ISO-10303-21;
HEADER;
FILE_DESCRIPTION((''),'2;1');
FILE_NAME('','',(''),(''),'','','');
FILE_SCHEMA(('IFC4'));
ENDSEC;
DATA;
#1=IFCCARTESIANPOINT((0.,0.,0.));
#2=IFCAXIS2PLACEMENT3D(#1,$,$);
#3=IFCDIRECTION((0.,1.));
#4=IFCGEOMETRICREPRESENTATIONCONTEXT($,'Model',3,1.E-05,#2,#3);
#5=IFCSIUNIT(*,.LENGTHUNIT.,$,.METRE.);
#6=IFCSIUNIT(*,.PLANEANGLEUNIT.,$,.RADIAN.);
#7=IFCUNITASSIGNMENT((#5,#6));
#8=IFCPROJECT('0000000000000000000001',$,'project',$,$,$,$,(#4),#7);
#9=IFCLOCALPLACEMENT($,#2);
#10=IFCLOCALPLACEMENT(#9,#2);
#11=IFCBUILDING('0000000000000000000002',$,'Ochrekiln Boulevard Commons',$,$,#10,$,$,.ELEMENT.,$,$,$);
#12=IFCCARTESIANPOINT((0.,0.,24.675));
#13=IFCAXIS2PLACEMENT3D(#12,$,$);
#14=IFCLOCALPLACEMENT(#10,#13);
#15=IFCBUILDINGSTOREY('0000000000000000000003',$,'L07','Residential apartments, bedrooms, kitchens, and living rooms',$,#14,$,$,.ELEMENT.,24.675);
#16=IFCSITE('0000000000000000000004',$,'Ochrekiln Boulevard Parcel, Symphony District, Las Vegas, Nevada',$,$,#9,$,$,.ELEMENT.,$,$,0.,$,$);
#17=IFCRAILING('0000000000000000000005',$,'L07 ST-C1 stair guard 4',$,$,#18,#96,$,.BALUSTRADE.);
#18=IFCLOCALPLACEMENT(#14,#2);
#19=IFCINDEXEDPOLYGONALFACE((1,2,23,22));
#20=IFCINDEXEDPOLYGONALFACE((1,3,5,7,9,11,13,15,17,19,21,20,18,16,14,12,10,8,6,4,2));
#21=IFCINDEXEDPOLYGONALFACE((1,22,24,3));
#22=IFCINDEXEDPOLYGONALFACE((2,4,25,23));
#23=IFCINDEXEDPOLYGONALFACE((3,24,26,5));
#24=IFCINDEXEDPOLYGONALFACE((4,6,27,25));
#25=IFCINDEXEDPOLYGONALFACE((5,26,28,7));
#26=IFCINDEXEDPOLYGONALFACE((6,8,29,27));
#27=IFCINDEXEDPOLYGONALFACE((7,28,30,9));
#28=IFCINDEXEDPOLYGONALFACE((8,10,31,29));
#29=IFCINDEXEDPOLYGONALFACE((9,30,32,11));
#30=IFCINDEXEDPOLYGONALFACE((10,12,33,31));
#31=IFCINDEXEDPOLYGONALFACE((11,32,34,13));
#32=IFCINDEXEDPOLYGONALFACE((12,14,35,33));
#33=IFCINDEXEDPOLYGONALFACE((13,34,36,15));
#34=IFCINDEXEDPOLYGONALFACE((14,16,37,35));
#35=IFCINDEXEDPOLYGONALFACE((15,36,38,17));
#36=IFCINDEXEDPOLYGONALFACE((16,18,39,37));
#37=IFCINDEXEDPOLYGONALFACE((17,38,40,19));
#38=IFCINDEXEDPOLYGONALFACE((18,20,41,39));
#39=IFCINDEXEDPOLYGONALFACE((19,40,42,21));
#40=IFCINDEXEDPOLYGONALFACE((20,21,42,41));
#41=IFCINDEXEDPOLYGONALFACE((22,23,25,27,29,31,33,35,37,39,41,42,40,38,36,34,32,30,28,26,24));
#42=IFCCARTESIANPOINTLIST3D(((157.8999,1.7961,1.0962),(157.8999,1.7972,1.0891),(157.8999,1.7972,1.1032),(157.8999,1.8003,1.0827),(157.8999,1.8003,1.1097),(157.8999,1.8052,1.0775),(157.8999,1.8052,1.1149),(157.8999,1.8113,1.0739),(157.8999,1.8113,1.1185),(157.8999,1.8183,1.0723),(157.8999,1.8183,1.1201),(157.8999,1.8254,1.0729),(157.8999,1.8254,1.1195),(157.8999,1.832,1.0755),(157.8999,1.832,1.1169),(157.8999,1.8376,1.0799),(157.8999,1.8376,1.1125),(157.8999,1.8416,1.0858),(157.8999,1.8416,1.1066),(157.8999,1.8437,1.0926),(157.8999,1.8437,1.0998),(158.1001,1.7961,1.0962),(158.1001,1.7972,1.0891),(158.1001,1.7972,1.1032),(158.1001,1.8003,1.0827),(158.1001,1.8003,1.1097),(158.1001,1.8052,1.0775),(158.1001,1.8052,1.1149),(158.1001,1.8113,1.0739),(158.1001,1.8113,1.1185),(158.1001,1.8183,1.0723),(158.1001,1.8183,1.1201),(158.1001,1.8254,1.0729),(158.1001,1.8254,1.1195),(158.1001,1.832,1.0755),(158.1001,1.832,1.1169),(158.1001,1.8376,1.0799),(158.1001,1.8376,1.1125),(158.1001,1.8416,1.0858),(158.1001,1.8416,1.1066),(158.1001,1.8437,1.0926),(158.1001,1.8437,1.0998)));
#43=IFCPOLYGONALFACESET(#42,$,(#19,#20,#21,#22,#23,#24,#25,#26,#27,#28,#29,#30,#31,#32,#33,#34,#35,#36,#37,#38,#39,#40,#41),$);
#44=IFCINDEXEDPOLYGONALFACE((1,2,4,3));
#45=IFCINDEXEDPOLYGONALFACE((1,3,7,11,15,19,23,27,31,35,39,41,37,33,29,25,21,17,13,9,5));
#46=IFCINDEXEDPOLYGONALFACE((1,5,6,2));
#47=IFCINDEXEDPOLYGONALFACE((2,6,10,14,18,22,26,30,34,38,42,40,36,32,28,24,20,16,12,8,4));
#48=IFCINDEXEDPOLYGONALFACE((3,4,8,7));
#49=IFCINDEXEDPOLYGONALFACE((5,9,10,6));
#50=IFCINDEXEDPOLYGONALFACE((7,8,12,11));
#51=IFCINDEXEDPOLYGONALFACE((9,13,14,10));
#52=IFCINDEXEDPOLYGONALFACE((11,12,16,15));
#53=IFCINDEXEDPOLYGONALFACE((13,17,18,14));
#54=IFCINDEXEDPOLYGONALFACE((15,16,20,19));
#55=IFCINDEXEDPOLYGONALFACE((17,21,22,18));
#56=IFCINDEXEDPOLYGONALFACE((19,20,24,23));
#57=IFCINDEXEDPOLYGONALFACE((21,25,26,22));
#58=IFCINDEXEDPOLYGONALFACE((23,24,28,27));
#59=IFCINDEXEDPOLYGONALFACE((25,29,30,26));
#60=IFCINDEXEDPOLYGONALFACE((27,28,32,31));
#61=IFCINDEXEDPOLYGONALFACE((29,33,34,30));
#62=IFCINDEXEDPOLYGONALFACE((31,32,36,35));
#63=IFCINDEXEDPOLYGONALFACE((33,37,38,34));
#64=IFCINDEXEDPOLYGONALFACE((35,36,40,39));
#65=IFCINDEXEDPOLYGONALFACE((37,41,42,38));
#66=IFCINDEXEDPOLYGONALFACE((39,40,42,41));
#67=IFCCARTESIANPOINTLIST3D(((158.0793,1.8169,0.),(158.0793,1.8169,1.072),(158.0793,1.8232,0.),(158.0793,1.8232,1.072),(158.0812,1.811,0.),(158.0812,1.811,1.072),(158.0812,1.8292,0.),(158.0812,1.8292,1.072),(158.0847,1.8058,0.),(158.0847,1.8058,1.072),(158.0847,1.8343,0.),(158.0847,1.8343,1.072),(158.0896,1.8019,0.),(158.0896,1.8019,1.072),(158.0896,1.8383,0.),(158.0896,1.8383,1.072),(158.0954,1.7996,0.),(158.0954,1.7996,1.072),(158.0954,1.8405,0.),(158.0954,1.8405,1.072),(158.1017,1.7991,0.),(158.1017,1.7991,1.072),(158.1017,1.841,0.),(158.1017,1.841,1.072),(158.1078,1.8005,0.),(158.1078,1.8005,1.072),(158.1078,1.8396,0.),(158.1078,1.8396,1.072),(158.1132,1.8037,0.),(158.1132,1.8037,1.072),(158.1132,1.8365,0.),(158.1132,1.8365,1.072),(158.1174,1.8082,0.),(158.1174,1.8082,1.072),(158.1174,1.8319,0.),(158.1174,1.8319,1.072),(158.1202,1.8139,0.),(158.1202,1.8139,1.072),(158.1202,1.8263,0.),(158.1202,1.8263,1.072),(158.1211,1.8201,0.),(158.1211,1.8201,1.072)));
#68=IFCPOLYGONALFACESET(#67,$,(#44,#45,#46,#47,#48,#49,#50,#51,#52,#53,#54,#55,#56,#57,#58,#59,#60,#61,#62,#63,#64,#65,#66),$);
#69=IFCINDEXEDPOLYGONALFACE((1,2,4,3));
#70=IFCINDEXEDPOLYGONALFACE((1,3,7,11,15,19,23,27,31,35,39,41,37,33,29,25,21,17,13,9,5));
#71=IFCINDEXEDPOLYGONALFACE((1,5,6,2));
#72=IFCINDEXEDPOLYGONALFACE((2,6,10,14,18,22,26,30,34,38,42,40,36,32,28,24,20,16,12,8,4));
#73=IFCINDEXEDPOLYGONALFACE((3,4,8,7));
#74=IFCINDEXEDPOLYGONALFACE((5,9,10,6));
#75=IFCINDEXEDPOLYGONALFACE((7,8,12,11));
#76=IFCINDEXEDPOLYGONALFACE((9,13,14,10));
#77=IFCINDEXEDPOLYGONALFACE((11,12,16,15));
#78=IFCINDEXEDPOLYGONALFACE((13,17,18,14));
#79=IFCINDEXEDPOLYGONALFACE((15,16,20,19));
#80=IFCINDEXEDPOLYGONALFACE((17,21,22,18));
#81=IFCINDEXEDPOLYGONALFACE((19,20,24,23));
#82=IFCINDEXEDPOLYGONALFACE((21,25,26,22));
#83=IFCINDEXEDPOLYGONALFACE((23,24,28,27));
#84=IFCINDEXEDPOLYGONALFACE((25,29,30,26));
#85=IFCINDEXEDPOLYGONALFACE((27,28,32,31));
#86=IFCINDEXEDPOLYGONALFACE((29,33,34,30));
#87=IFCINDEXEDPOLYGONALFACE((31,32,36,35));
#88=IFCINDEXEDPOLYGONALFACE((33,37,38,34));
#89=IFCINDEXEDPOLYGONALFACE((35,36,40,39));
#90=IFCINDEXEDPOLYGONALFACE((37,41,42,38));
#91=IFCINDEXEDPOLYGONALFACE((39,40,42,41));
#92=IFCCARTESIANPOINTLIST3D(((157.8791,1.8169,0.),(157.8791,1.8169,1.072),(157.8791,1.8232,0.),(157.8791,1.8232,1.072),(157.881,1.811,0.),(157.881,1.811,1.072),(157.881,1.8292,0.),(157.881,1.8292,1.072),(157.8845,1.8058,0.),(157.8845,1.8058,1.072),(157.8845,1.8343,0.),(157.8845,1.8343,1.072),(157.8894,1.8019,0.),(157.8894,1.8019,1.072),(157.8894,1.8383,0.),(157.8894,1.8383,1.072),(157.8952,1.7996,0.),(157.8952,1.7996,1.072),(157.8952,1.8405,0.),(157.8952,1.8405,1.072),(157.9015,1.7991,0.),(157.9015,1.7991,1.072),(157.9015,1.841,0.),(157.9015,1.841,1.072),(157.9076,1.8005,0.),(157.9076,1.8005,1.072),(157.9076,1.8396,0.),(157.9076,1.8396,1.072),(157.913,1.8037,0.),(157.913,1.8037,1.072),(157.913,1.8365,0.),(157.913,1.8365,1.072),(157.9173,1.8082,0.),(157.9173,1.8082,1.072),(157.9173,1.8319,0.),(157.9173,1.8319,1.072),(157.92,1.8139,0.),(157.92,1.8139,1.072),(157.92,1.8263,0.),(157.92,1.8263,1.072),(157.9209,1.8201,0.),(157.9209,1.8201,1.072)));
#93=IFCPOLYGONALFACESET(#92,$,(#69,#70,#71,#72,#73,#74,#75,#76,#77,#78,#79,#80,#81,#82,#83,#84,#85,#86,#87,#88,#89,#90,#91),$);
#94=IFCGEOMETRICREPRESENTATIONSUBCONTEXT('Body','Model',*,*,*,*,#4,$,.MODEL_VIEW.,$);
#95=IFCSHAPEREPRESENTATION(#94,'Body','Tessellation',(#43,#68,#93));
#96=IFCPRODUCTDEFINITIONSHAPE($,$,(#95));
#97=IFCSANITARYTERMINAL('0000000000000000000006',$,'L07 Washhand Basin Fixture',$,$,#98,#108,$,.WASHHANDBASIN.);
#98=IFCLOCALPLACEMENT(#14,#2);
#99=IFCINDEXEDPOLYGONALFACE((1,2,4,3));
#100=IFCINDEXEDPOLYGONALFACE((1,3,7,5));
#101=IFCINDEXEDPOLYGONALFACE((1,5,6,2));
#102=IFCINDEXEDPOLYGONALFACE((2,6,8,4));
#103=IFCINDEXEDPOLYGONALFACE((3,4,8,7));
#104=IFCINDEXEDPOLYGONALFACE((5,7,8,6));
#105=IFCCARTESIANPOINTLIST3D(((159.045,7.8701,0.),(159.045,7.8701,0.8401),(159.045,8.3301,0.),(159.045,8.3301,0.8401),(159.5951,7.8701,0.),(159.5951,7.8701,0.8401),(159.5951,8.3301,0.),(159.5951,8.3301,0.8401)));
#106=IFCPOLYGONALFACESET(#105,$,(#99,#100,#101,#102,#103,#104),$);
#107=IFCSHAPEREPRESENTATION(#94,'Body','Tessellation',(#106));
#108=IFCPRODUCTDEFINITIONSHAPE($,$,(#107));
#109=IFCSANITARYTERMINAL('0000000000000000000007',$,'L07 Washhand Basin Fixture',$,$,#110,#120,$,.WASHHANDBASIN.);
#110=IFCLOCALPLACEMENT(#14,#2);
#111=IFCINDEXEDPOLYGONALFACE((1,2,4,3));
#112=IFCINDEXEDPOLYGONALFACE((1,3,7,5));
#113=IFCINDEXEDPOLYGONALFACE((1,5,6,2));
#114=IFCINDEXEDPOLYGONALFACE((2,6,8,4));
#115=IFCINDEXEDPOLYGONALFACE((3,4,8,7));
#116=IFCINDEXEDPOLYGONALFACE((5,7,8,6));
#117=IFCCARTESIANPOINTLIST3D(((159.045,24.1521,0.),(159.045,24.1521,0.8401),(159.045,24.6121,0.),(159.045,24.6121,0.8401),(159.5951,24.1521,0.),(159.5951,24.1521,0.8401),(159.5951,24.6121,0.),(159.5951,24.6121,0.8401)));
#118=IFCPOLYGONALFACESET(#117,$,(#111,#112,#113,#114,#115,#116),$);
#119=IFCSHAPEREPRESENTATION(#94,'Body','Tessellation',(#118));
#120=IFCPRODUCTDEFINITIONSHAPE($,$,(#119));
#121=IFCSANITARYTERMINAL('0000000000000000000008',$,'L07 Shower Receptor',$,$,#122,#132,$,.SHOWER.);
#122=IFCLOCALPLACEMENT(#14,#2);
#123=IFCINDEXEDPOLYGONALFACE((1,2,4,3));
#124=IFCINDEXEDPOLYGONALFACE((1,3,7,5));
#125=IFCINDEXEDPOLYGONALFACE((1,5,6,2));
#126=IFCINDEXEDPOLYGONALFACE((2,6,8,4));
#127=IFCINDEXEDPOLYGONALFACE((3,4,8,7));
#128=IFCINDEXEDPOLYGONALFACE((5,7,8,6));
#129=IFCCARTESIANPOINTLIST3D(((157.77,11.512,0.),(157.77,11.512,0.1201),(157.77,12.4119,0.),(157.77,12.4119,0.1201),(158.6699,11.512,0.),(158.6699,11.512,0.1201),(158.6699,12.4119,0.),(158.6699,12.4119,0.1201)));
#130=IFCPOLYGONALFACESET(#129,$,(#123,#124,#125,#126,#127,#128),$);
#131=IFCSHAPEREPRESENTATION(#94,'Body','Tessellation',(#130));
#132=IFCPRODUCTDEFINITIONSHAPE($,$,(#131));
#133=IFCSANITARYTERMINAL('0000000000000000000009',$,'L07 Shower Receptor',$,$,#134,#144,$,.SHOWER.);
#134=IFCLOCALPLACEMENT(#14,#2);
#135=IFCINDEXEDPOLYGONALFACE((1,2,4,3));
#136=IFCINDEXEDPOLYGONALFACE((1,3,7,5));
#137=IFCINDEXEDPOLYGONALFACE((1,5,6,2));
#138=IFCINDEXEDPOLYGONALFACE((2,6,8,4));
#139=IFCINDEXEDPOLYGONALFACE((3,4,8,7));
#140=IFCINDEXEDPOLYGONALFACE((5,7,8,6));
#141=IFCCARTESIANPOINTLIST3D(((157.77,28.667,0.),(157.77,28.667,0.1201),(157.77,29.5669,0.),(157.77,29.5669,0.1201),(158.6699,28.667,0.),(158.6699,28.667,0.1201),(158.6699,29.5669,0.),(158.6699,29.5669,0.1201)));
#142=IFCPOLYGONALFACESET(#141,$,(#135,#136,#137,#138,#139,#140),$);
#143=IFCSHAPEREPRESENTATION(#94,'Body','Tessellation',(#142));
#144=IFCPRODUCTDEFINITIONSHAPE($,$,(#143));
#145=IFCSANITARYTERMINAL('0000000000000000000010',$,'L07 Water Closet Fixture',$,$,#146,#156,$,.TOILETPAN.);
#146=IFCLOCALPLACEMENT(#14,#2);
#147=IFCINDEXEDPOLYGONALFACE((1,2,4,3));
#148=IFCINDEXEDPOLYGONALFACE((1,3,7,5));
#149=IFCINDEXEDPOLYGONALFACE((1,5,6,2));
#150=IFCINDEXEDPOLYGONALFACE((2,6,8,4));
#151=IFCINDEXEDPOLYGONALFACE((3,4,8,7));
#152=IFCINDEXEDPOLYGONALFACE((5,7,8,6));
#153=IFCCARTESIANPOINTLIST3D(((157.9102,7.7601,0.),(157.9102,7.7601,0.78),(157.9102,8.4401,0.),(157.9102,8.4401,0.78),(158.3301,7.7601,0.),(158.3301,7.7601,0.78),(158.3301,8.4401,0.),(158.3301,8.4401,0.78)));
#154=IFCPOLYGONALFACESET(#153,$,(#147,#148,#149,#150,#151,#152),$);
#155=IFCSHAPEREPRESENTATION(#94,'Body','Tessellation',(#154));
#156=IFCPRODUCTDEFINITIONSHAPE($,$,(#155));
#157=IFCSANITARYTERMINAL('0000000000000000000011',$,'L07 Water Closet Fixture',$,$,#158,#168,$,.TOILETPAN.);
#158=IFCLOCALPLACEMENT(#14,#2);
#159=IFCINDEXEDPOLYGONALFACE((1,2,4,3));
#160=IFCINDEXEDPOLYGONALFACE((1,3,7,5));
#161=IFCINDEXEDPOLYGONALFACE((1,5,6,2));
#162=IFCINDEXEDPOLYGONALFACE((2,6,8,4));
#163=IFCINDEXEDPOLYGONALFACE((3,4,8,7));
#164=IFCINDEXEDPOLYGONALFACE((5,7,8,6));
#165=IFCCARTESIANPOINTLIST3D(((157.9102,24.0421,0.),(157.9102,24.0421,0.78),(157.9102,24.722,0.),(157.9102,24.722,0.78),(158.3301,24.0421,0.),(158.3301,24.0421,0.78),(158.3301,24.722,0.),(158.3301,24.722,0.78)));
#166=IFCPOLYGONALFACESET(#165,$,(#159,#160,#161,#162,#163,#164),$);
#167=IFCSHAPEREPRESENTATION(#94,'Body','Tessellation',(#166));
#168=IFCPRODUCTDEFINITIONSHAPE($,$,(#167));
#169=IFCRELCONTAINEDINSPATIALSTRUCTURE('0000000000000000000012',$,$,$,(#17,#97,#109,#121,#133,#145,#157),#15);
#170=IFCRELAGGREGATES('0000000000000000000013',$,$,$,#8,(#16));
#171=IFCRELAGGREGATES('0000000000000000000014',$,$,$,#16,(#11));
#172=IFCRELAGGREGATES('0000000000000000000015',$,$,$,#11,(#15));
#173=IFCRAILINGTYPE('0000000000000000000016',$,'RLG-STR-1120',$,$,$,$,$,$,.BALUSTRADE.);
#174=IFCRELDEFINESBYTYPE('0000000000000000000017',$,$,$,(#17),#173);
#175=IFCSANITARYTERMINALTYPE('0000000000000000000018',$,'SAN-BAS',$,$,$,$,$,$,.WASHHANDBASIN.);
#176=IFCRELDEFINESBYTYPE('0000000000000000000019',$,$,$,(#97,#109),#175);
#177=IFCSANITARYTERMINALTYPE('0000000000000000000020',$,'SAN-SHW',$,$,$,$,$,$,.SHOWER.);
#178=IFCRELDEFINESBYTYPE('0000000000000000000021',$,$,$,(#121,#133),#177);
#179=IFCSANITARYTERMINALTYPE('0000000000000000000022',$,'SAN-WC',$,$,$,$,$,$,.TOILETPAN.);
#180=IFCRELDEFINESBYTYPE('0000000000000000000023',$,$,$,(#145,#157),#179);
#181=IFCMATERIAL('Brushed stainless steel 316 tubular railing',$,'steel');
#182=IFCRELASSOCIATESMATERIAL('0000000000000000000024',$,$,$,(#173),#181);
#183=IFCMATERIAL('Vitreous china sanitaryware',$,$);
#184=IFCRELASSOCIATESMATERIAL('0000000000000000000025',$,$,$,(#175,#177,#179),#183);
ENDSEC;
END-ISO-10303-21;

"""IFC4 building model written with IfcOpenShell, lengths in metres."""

from ifc_helpers import new_model, si_unit, direction, frame, origin, origin_2d, place, context, subcontext, project, spatial, rectangle, circle, extrude, material, type_object, element, save


model = new_model("IFC4")

# Units and contexts
model_context = context("Model", 3, precision=1e-05, world=origin(), true_north=direction((0.0, 1.0)))
body_context = subcontext(model_context, "Body", "Model", "MODEL_VIEW")
ifc_project = project(units=[si_unit("LENGTHUNIT", "METRE"), si_unit("PLANEANGLEUNIT", "RADIAN")], contexts=[model_context])

# Site, building, storey
site_placement = place(None, origin())
site = spatial("IfcSite", under=ifc_project, at=site_placement, Name="Ochrekiln Boulevard Parcel, Symphony District, Las Vegas, Nevada", CompositionType="ELEMENT", RefElevation=0.0)
building_placement = place(site_placement, origin())
building = spatial("IfcBuilding", under=site, at=building_placement, Name="Ochrekiln Boulevard Commons", CompositionType="ELEMENT")
storey_placement = place(building_placement, frame((0.0, 0.0, 24.675)))
storey = spatial("IfcBuildingStorey", under=building, at=storey_placement, Name="L07", Description="Residential apartments, bedrooms, kitchens, and living rooms", CompositionType="ELEMENT", Elevation=24.675)

# Railing
ifc_material_1 = material(Name="Brushed stainless steel 316 tubular railing", Category="steel")
railing_type_1 = type_object("IfcRailingType", Name="RLG-STR-1120", PredefinedType="BALUSTRADE", material=ifc_material_1)
railing_1_placement = place(storey_placement, frame((158.1001, 1.8201, 0.0)))
element("IfcRailing", 1, at=railing_1_placement, inside=storey, type_object=railing_type_1, Name="L07 ST-C1 stair guard 4", PredefinedType="BALUSTRADE", context=body_context, shape_type="SweptSolid", body=[
    extrude(circle(Radius=0.0239, at=origin_2d()), frame((0.0, 0.0, 1.0962), z_axis=(-1.0, 0.0, 0.0), x_axis=(0.0, -1.0, 0.0)), (0.0, 0.0, 1.0), 0.2002),
    extrude(circle(Radius=0.021, at=origin_2d()), origin(), (0.0, 0.0, 1.0), 1.072),
    extrude(circle(Radius=0.021, at=origin_2d()), frame((-0.2002, 0.0, 0.0)), (0.0, 0.0, 1.0), 1.072),
])

# Sanitary terminals
ifc_material_2 = material(Name="Vitreous china sanitaryware")
sanitary_terminal_type_1 = type_object("IfcSanitaryTerminalType", Name="SAN-BAS", PredefinedType="WASHHANDBASIN", material=ifc_material_2)
for number, where, z_axis, x_axis, name in (
    (2, (159.3201, 8.1001, 0.0), (0.0, 0.0, 1.0), (1.0, 0.0, 0.0), "L07 Washhand Basin Fixture"),
    (3, (159.3201, 24.3821, 0.0), (0.0, 0.0, 1.0), (1.0, 0.0, 0.0), "L07 Washhand Basin Fixture"),
):
    element("IfcSanitaryTerminal", number, at=place(storey_placement, frame(where, z_axis=z_axis, x_axis=x_axis)), inside=storey, type_object=sanitary_terminal_type_1, Name=name, PredefinedType="WASHHANDBASIN", context=body_context, shape_type="SweptSolid", body=[
        extrude(rectangle(XDim=0.55, YDim=0.46, at=origin_2d()), origin(), (0.0, 0.0, 1.0), 0.8401),
    ])
sanitary_terminal_type_2 = type_object("IfcSanitaryTerminalType", Name="SAN-SHW", PredefinedType="SHOWER", material=ifc_material_2)
for number, where, z_axis, x_axis, name in (
    (4, (158.22, 11.9619, 0.0), (0.0, 0.0, 1.0), (1.0, 0.0, 0.0), "L07 Shower Receptor"),
    (5, (158.22, 29.1169, 0.0), (0.0, 0.0, 1.0), (1.0, 0.0, 0.0), "L07 Shower Receptor"),
):
    element("IfcSanitaryTerminal", number, at=place(storey_placement, frame(where, z_axis=z_axis, x_axis=x_axis)), inside=storey, type_object=sanitary_terminal_type_2, Name=name, PredefinedType="SHOWER", context=body_context, shape_type="SweptSolid", body=[
        extrude(rectangle(XDim=0.8999, YDim=0.8999, at=origin_2d()), origin(), (0.0, 0.0, 1.0), 0.1201),
    ])
sanitary_terminal_type_3 = type_object("IfcSanitaryTerminalType", Name="SAN-WC", PredefinedType="TOILETPAN", material=ifc_material_2)
for number, where, z_axis, x_axis, name in (
    (6, (158.1201, 8.1001, 0.0), (0.0, 0.0, 1.0), (1.0, 0.0, 0.0), "L07 Water Closet Fixture"),
    (7, (158.1201, 24.3821, 0.0), (0.0, 0.0, 1.0), (1.0, 0.0, 0.0), "L07 Water Closet Fixture"),
):
    element("IfcSanitaryTerminal", number, at=place(storey_placement, frame(where, z_axis=z_axis, x_axis=x_axis)), inside=storey, type_object=sanitary_terminal_type_3, Name=name, PredefinedType="TOILETPAN", context=body_context, shape_type="SweptSolid", body=[
        extrude(rectangle(XDim=0.4199, YDim=0.6799, at=origin_2d()), origin(), (0.0, 0.0, 1.0), 0.78),
    ])

save(model, "model.ifc")
